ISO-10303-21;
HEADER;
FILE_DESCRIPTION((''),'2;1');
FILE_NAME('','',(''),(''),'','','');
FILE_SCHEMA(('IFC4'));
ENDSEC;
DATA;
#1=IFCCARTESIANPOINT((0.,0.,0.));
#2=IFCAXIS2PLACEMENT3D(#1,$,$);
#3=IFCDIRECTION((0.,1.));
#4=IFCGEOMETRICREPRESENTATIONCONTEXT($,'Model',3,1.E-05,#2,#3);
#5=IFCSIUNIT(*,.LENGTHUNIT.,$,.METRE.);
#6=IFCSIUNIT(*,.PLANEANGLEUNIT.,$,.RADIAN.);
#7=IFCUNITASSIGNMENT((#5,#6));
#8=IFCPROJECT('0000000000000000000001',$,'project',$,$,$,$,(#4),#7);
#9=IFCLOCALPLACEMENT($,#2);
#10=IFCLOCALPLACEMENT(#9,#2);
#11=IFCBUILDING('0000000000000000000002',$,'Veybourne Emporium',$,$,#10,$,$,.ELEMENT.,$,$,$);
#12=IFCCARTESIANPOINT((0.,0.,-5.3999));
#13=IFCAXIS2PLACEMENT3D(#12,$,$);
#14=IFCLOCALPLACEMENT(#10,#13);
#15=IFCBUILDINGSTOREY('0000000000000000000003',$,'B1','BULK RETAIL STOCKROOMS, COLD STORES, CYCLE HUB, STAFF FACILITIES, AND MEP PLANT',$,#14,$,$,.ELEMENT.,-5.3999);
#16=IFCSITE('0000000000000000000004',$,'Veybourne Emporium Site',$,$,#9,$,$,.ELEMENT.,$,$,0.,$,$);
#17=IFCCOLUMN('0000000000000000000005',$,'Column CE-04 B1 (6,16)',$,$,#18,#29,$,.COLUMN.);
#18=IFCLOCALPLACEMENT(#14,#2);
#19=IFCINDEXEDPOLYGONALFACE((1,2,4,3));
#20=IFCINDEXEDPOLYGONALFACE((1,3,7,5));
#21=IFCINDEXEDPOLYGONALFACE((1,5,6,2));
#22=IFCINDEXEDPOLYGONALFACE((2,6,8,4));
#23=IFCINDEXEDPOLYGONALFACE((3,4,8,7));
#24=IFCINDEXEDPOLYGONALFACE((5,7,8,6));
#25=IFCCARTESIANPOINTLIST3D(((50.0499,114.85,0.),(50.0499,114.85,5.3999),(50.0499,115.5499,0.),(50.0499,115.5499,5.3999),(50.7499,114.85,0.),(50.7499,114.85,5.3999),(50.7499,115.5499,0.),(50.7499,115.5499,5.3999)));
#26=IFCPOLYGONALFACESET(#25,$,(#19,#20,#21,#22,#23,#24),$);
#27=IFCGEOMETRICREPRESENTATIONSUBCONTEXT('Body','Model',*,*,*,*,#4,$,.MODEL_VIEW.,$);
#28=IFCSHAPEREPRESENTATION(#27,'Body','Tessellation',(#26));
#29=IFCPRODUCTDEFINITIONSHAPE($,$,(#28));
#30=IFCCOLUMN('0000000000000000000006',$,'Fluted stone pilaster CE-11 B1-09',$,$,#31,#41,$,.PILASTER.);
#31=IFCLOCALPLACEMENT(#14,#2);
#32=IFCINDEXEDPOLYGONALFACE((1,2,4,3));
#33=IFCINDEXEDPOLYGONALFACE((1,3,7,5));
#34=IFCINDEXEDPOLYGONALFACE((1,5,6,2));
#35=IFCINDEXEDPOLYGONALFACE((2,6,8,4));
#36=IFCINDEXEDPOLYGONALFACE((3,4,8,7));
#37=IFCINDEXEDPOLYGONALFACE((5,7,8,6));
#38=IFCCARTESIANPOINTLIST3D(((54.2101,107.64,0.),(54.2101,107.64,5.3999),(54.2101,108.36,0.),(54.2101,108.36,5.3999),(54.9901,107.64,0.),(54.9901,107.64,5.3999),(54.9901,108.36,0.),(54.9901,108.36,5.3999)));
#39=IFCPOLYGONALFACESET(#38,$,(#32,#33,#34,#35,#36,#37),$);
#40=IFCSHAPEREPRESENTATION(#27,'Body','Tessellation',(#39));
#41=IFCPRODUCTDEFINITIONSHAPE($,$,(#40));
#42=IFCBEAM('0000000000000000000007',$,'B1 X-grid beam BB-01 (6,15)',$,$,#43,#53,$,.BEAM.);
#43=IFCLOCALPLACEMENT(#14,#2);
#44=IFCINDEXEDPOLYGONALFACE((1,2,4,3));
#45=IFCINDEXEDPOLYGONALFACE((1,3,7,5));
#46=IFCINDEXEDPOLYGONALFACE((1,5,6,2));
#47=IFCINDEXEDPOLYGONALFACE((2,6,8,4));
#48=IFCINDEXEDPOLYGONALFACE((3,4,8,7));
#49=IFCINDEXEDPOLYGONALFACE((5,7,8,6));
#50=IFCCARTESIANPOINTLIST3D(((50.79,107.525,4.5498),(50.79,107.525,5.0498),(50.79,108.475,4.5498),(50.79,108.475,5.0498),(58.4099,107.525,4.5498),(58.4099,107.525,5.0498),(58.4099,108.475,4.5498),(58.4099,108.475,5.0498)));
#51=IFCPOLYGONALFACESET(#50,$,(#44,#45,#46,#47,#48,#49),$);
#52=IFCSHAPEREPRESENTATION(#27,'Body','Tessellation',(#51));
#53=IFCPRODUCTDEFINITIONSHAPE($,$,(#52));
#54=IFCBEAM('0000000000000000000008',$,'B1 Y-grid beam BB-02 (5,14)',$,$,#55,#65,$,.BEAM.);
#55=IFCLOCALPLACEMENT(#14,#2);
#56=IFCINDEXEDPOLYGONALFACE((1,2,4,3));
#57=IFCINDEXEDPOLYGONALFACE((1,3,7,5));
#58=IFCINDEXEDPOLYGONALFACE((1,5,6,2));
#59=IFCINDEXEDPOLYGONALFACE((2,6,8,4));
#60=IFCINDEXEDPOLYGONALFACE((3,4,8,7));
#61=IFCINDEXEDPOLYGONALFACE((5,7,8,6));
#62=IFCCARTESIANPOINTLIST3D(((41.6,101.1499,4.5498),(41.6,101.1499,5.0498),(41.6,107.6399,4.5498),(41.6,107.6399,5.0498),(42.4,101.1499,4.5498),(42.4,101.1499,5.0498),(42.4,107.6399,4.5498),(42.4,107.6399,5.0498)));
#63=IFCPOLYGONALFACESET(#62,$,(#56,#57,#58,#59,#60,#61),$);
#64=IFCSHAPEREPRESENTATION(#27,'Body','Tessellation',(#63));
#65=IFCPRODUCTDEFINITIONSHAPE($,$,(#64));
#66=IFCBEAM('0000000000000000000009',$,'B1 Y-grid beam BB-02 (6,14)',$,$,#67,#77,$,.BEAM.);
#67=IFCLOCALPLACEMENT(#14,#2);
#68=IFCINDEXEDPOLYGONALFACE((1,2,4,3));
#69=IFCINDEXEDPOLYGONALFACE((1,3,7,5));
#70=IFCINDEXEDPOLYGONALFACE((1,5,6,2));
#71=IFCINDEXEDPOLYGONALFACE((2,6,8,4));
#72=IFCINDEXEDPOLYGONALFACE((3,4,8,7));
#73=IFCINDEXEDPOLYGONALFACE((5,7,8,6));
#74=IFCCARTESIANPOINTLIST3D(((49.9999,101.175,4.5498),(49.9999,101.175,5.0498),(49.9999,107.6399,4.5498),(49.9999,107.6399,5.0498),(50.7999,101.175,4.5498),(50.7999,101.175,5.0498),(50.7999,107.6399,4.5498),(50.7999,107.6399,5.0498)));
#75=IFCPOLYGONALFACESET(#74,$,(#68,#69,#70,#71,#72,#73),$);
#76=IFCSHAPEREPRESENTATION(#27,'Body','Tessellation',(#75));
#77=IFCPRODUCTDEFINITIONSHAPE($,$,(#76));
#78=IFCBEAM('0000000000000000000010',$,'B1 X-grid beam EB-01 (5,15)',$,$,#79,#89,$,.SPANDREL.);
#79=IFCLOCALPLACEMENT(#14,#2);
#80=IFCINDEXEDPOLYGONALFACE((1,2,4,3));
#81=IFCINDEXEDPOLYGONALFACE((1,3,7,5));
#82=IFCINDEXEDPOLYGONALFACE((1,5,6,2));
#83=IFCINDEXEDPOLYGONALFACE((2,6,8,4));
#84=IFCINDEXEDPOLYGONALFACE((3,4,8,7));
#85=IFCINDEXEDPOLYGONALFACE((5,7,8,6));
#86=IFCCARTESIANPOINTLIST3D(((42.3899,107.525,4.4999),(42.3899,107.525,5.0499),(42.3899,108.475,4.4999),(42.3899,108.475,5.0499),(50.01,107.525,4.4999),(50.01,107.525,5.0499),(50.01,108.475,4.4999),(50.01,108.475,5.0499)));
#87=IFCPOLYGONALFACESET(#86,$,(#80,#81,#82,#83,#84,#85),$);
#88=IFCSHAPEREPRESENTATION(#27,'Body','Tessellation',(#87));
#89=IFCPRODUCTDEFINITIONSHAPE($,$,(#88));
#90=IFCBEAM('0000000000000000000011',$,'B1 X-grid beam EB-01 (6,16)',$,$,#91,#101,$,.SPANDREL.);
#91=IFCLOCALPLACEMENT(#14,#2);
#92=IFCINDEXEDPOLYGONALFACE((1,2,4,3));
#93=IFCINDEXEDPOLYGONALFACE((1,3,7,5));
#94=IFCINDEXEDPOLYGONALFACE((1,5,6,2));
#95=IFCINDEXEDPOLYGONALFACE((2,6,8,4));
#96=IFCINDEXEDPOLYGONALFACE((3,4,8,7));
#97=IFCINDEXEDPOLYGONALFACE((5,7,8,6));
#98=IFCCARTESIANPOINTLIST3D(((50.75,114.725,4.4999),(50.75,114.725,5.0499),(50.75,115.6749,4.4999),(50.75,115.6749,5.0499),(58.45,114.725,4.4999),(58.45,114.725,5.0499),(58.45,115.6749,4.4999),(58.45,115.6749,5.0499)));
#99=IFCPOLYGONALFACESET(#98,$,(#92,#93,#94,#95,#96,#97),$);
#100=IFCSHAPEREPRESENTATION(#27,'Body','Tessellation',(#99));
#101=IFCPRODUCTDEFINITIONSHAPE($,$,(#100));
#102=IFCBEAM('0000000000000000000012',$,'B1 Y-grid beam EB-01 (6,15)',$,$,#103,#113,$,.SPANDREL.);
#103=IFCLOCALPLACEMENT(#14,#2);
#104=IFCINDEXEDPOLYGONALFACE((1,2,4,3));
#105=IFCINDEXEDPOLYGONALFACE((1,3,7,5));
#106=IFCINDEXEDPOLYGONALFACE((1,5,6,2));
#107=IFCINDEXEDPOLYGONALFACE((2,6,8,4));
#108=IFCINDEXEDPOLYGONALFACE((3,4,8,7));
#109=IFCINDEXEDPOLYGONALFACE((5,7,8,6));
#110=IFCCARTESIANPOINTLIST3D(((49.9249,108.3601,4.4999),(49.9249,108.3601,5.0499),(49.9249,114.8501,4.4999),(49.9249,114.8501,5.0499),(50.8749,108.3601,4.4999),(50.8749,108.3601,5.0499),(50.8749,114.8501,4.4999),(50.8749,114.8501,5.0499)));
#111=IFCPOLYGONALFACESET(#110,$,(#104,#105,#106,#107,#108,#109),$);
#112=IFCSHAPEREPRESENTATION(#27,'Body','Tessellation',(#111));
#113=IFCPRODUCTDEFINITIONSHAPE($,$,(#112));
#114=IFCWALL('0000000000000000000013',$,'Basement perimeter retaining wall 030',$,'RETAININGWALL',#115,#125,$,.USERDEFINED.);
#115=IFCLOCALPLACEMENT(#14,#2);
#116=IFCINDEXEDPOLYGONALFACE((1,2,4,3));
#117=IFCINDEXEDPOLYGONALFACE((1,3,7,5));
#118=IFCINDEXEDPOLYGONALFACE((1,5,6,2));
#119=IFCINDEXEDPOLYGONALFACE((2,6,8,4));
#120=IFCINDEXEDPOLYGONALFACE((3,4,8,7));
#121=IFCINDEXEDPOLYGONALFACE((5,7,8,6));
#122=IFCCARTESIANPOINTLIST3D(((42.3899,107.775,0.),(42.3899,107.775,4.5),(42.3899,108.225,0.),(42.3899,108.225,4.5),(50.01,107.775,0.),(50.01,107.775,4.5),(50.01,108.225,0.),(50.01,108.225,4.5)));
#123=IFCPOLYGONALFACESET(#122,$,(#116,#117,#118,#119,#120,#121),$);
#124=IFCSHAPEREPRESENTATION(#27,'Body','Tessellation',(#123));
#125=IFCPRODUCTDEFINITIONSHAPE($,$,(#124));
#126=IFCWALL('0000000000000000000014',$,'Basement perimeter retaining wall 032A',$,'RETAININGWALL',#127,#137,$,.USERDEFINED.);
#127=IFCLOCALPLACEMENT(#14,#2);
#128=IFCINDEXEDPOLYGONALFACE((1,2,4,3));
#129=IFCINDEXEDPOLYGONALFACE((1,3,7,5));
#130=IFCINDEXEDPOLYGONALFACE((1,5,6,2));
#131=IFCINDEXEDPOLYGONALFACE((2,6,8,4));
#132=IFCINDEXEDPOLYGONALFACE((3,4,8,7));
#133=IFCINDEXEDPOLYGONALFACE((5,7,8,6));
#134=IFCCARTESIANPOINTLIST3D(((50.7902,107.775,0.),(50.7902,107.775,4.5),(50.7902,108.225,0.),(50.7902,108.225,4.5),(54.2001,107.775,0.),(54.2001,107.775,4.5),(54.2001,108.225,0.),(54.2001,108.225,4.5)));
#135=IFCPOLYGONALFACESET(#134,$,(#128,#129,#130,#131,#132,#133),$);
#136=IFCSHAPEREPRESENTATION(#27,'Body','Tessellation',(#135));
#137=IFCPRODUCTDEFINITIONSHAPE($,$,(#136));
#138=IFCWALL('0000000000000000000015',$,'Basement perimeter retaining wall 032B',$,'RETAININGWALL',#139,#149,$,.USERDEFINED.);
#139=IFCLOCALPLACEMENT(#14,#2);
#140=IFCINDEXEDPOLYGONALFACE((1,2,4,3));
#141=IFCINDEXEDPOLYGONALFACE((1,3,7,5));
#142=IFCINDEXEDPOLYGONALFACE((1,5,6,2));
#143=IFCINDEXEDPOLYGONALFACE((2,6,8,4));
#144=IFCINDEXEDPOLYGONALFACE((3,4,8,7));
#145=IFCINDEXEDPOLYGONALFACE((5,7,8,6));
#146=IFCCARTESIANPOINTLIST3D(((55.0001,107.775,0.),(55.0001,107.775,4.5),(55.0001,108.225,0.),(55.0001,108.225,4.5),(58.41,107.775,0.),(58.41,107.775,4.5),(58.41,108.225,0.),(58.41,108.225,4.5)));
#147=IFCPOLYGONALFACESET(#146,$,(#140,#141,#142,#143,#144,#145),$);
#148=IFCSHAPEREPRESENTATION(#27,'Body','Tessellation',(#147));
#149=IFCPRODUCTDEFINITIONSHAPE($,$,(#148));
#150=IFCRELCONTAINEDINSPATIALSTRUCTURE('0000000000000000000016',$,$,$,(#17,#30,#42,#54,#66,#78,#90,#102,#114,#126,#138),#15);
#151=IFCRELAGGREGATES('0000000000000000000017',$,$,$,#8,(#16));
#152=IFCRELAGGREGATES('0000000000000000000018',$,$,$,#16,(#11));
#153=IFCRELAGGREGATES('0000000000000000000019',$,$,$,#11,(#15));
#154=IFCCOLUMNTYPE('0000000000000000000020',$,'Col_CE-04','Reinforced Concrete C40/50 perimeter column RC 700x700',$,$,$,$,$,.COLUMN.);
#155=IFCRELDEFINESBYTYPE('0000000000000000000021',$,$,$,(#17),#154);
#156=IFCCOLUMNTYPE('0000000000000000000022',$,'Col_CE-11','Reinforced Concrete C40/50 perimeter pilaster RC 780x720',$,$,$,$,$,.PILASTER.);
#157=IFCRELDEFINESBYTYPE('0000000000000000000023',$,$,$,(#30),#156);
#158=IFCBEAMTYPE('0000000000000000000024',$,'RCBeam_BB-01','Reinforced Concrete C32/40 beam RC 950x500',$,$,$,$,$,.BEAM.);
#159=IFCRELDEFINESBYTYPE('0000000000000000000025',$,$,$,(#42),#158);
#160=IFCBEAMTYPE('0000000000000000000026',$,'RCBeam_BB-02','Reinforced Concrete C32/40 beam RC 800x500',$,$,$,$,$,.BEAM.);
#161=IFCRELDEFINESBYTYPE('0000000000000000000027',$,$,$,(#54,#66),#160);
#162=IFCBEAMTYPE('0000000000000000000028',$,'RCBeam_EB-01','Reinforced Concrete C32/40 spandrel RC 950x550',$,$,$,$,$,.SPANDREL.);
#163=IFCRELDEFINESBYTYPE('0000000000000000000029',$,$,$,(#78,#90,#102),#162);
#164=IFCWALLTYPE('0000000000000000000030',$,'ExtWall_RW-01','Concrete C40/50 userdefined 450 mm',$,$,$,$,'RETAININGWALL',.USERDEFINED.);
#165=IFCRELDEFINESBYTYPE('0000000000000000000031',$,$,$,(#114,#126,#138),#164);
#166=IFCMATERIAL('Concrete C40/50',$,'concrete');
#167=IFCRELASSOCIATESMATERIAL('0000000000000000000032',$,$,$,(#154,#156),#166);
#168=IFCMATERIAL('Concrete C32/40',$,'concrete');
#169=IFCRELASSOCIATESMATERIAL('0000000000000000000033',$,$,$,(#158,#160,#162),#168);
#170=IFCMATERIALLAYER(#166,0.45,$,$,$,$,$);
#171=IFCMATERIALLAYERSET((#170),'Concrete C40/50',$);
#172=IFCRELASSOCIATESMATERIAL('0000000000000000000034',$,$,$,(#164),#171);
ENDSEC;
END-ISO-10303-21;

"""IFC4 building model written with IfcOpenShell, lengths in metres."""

from ifc_helpers import new_model, si_unit, direction, frame, frame_2d, origin, origin_2d, place, context, subcontext, project, spatial, rectangle, extrude, material, layer, layer_set, material_profile, profile_set, type_object, element, save


model = new_model("IFC4")

# Units and contexts
model_context = context("Model", 3, precision=1e-05, world=origin(), true_north=direction((0.0, 1.0)))
body_context = subcontext(model_context, "Body", "Model", "MODEL_VIEW")
ifc_project = project(units=[si_unit("LENGTHUNIT", "METRE"), si_unit("PLANEANGLEUNIT", "RADIAN")], contexts=[model_context])

# Site, building, storey
site_placement = place(None, origin())
site = spatial("IfcSite", under=ifc_project, at=site_placement, Name="Veybourne Emporium Site", CompositionType="ELEMENT", RefElevation=0.0)
building_placement = place(site_placement, origin())
building = spatial("IfcBuilding", under=site, at=building_placement, Name="Veybourne Emporium", CompositionType="ELEMENT")
storey_placement = place(building_placement, frame((0.0, 0.0, -5.3999)))
storey = spatial("IfcBuildingStorey", under=building, at=storey_placement, Name="B1", Description="BULK RETAIL STOCKROOMS, COLD STORES, CYCLE HUB, STAFF FACILITIES, AND MEP PLANT", CompositionType="ELEMENT", Elevation=-5.3999)

# Columns
ifc_material_1 = material(Name="Concrete C40/50", Category="concrete")
ifc_material_profile_1 = material_profile(ifc_material_1, rectangle(XDim=0.7, YDim=0.7, at=origin_2d()), Name="RC 700x700")
ifc_profile_set_1 = profile_set([ifc_material_profile_1], Name="Concrete C40/50")
column_type_1 = type_object("IfcColumnType", Name="Col_CE-04", Description="Reinforced Concrete C40/50 perimeter column RC 700x700", PredefinedType="COLUMN", material=ifc_profile_set_1)
column_1_placement = place(storey_placement, frame((50.3999, 115.2, 0.0), z_axis=(0.0, 0.0, 1.0), x_axis=(1.0, 0.0, 0.0)))
element("IfcColumn", 1, at=column_1_placement, inside=storey, type_object=column_type_1, Name="Column CE-04 B1 (6,16)", PredefinedType="COLUMN", context=body_context, shape_type="SweptSolid", body=[
    extrude(rectangle(XDim=0.7, YDim=0.7, at=origin_2d()), origin(), (0.0, 0.0, 1.0), 5.3999),
])
ifc_material_profile_2 = material_profile(ifc_material_1, rectangle(XDim=0.78, YDim=0.72, at=origin_2d()), Name="RC 780x720")
ifc_profile_set_2 = profile_set([ifc_material_profile_2], Name="Concrete C40/50")
column_type_2 = type_object("IfcColumnType", Name="Col_CE-11", Description="Reinforced Concrete C40/50 perimeter pilaster RC 780x720", PredefinedType="PILASTER", material=ifc_profile_set_2)
column_2_placement = place(storey_placement, frame((54.6001, 108.0, 0.0), z_axis=(0.0, 0.0, 1.0), x_axis=(1.0, 0.0, 0.0)))
element("IfcColumn", 2, at=column_2_placement, inside=storey, type_object=column_type_2, Name="Fluted stone pilaster CE-11 B1-09", PredefinedType="PILASTER", context=body_context, shape_type="SweptSolid", body=[
    extrude(rectangle(XDim=0.78, YDim=0.72, at=origin_2d()), origin(), (0.0, 0.0, 1.0), 5.3999),
])

# Beams
ifc_material_2 = material(Name="Concrete C32/40", Category="concrete")
ifc_material_profile_3 = material_profile(ifc_material_2, rectangle(XDim=0.95, YDim=0.5, at=origin_2d()), Name="RC 950x500")
ifc_profile_set_3 = profile_set([ifc_material_profile_3], Name="Concrete C32/40")
beam_type_1 = type_object("IfcBeamType", Name="RCBeam_BB-01", Description="Reinforced Concrete C32/40 beam RC 950x500", PredefinedType="BEAM", material=ifc_profile_set_3)
beam_1_placement = place(storey_placement, frame((50.79, 108.0, 4.7998), z_axis=(1.0, 0.0, 0.0), x_axis=(0.0, 1.0, 0.0)))
element("IfcBeam", 3, at=beam_1_placement, inside=storey, type_object=beam_type_1, Name="B1 X-grid beam BB-01 (6,15)", PredefinedType="BEAM", context=body_context, shape_type="SweptSolid", body=[
    extrude(rectangle(XDim=0.95, YDim=0.5, at=origin_2d()), origin(), (0.0, 0.0, 1.0), 7.6199),
])
ifc_material_profile_4 = material_profile(ifc_material_2, rectangle(XDim=0.8, YDim=0.5, at=origin_2d()), Name="RC 800x500")
ifc_profile_set_4 = profile_set([ifc_material_profile_4], Name="Concrete C32/40")
beam_type_2 = type_object("IfcBeamType", Name="RCBeam_BB-02", Description="Reinforced Concrete C32/40 beam RC 800x500", PredefinedType="BEAM", material=ifc_profile_set_4)
beam_2_placement = place(storey_placement, frame((42.0, 101.1499, 4.7998), z_axis=(0.0, 1.0, 0.0), x_axis=(-1.0, 0.0, 0.0)))
element("IfcBeam", 4, at=beam_2_placement, inside=storey, type_object=beam_type_2, Name="B1 Y-grid beam BB-02 (5,14)", PredefinedType="BEAM", context=body_context, shape_type="SweptSolid", body=[
    extrude(rectangle(XDim=0.8, YDim=0.5, at=origin_2d()), origin(), (0.0, 0.0, 1.0), 6.49),
])
beam_3_placement = place(storey_placement, frame((50.3999, 101.175, 4.7998), z_axis=(0.0, 1.0, 0.0), x_axis=(-1.0, 0.0, 0.0)))
element("IfcBeam", 5, at=beam_3_placement, inside=storey, type_object=beam_type_2, Name="B1 Y-grid beam BB-02 (6,14)", PredefinedType="BEAM", context=body_context, shape_type="SweptSolid", body=[
    extrude(rectangle(XDim=0.8, YDim=0.5, at=origin_2d()), origin(), (0.0, 0.0, 1.0), 6.4648),
])
ifc_material_profile_5 = material_profile(ifc_material_2, rectangle(XDim=0.95, YDim=0.55, at=origin_2d()), Name="RC 950x550")
ifc_profile_set_5 = profile_set([ifc_material_profile_5], Name="Concrete C32/40")
beam_type_3 = type_object("IfcBeamType", Name="RCBeam_EB-01", Description="Reinforced Concrete C32/40 spandrel RC 950x550", PredefinedType="SPANDREL", material=ifc_profile_set_5)
beam_4_placement = place(storey_placement, frame((42.3899, 108.0, 4.7749), z_axis=(1.0, 0.0, 0.0), x_axis=(0.0, 1.0, 0.0)))
element("IfcBeam", 6, at=beam_4_placement, inside=storey, type_object=beam_type_3, Name="B1 X-grid beam EB-01 (5,15)", PredefinedType="SPANDREL", context=body_context, shape_type="SweptSolid", body=[
    extrude(rectangle(XDim=0.95, YDim=0.55, at=origin_2d()), origin(), (0.0, 0.0, 1.0), 7.6201),
])
beam_5_placement = place(storey_placement, frame((50.75, 115.2, 4.7749), z_axis=(1.0, 0.0, 0.0), x_axis=(0.0, 1.0, 0.0)))
element("IfcBeam", 7, at=beam_5_placement, inside=storey, type_object=beam_type_3, Name="B1 X-grid beam EB-01 (6,16)", PredefinedType="SPANDREL", context=body_context, shape_type="SweptSolid", body=[
    extrude(rectangle(XDim=0.95, YDim=0.55, at=origin_2d()), origin(), (0.0, 0.0, 1.0), 7.7),
])
beam_6_placement = place(storey_placement, frame((50.3999, 108.3601, 4.7749), z_axis=(0.0, 1.0, 0.0), x_axis=(-1.0, 0.0, 0.0)))
element("IfcBeam", 8, at=beam_6_placement, inside=storey, type_object=beam_type_3, Name="B1 Y-grid beam EB-01 (6,15)", PredefinedType="SPANDREL", context=body_context, shape_type="SweptSolid", body=[
    extrude(rectangle(XDim=0.95, YDim=0.55, at=origin_2d()), origin(), (0.0, 0.0, 1.0), 6.49),
])

# Walls
ifc_layer = layer(ifc_material_1, 0.45)
ifc_layer_set = layer_set([ifc_layer], Name="Concrete C40/50")
wall_type = type_object("IfcWallType", Name="ExtWall_RW-01", Description="Concrete C40/50 userdefined 450 mm", ElementType="RETAININGWALL", PredefinedType="USERDEFINED", material=ifc_layer_set)
wall_placement = place(storey_placement, frame((42.3899, 108.0, 0.0), z_axis=(0.0, 0.0, 1.0), x_axis=(1.0, 0.0, 0.0)))
element("IfcWall", 9, at=wall_placement, inside=storey, type_object=wall_type, Name="Basement perimeter retaining wall 030", ObjectType="RETAININGWALL", PredefinedType="USERDEFINED", context=body_context, shape_type="SweptSolid", body=[
    extrude(rectangle(XDim=7.6201, YDim=0.45, at=frame_2d((3.8101, 0.0))), origin(), (0.0, 0.0, 1.0), 4.5),
])
for number, where, z_axis, x_axis, name in (
    (10, (50.79, 108.0, 0.0), (0.0, 0.0, 1.0), (1.0, 0.0, 0.0), "Basement perimeter retaining wall 032A"),
    (11, (55.0, 108.0, 0.0), (0.0, 0.0, 1.0), (1.0, 0.0, 0.0), "Basement perimeter retaining wall 032B"),
):
    element("IfcWall", number, at=place(storey_placement, frame(where, z_axis=z_axis, x_axis=x_axis)), inside=storey, type_object=wall_type, Name=name, ObjectType="RETAININGWALL", PredefinedType="USERDEFINED", context=body_context, shape_type="SweptSolid", body=[
        extrude(rectangle(XDim=3.4099, YDim=0.45, at=frame_2d((1.7051, 0.0))), origin(), (0.0, 0.0, 1.0), 4.5),
    ])

save(model, "model.ifc")
